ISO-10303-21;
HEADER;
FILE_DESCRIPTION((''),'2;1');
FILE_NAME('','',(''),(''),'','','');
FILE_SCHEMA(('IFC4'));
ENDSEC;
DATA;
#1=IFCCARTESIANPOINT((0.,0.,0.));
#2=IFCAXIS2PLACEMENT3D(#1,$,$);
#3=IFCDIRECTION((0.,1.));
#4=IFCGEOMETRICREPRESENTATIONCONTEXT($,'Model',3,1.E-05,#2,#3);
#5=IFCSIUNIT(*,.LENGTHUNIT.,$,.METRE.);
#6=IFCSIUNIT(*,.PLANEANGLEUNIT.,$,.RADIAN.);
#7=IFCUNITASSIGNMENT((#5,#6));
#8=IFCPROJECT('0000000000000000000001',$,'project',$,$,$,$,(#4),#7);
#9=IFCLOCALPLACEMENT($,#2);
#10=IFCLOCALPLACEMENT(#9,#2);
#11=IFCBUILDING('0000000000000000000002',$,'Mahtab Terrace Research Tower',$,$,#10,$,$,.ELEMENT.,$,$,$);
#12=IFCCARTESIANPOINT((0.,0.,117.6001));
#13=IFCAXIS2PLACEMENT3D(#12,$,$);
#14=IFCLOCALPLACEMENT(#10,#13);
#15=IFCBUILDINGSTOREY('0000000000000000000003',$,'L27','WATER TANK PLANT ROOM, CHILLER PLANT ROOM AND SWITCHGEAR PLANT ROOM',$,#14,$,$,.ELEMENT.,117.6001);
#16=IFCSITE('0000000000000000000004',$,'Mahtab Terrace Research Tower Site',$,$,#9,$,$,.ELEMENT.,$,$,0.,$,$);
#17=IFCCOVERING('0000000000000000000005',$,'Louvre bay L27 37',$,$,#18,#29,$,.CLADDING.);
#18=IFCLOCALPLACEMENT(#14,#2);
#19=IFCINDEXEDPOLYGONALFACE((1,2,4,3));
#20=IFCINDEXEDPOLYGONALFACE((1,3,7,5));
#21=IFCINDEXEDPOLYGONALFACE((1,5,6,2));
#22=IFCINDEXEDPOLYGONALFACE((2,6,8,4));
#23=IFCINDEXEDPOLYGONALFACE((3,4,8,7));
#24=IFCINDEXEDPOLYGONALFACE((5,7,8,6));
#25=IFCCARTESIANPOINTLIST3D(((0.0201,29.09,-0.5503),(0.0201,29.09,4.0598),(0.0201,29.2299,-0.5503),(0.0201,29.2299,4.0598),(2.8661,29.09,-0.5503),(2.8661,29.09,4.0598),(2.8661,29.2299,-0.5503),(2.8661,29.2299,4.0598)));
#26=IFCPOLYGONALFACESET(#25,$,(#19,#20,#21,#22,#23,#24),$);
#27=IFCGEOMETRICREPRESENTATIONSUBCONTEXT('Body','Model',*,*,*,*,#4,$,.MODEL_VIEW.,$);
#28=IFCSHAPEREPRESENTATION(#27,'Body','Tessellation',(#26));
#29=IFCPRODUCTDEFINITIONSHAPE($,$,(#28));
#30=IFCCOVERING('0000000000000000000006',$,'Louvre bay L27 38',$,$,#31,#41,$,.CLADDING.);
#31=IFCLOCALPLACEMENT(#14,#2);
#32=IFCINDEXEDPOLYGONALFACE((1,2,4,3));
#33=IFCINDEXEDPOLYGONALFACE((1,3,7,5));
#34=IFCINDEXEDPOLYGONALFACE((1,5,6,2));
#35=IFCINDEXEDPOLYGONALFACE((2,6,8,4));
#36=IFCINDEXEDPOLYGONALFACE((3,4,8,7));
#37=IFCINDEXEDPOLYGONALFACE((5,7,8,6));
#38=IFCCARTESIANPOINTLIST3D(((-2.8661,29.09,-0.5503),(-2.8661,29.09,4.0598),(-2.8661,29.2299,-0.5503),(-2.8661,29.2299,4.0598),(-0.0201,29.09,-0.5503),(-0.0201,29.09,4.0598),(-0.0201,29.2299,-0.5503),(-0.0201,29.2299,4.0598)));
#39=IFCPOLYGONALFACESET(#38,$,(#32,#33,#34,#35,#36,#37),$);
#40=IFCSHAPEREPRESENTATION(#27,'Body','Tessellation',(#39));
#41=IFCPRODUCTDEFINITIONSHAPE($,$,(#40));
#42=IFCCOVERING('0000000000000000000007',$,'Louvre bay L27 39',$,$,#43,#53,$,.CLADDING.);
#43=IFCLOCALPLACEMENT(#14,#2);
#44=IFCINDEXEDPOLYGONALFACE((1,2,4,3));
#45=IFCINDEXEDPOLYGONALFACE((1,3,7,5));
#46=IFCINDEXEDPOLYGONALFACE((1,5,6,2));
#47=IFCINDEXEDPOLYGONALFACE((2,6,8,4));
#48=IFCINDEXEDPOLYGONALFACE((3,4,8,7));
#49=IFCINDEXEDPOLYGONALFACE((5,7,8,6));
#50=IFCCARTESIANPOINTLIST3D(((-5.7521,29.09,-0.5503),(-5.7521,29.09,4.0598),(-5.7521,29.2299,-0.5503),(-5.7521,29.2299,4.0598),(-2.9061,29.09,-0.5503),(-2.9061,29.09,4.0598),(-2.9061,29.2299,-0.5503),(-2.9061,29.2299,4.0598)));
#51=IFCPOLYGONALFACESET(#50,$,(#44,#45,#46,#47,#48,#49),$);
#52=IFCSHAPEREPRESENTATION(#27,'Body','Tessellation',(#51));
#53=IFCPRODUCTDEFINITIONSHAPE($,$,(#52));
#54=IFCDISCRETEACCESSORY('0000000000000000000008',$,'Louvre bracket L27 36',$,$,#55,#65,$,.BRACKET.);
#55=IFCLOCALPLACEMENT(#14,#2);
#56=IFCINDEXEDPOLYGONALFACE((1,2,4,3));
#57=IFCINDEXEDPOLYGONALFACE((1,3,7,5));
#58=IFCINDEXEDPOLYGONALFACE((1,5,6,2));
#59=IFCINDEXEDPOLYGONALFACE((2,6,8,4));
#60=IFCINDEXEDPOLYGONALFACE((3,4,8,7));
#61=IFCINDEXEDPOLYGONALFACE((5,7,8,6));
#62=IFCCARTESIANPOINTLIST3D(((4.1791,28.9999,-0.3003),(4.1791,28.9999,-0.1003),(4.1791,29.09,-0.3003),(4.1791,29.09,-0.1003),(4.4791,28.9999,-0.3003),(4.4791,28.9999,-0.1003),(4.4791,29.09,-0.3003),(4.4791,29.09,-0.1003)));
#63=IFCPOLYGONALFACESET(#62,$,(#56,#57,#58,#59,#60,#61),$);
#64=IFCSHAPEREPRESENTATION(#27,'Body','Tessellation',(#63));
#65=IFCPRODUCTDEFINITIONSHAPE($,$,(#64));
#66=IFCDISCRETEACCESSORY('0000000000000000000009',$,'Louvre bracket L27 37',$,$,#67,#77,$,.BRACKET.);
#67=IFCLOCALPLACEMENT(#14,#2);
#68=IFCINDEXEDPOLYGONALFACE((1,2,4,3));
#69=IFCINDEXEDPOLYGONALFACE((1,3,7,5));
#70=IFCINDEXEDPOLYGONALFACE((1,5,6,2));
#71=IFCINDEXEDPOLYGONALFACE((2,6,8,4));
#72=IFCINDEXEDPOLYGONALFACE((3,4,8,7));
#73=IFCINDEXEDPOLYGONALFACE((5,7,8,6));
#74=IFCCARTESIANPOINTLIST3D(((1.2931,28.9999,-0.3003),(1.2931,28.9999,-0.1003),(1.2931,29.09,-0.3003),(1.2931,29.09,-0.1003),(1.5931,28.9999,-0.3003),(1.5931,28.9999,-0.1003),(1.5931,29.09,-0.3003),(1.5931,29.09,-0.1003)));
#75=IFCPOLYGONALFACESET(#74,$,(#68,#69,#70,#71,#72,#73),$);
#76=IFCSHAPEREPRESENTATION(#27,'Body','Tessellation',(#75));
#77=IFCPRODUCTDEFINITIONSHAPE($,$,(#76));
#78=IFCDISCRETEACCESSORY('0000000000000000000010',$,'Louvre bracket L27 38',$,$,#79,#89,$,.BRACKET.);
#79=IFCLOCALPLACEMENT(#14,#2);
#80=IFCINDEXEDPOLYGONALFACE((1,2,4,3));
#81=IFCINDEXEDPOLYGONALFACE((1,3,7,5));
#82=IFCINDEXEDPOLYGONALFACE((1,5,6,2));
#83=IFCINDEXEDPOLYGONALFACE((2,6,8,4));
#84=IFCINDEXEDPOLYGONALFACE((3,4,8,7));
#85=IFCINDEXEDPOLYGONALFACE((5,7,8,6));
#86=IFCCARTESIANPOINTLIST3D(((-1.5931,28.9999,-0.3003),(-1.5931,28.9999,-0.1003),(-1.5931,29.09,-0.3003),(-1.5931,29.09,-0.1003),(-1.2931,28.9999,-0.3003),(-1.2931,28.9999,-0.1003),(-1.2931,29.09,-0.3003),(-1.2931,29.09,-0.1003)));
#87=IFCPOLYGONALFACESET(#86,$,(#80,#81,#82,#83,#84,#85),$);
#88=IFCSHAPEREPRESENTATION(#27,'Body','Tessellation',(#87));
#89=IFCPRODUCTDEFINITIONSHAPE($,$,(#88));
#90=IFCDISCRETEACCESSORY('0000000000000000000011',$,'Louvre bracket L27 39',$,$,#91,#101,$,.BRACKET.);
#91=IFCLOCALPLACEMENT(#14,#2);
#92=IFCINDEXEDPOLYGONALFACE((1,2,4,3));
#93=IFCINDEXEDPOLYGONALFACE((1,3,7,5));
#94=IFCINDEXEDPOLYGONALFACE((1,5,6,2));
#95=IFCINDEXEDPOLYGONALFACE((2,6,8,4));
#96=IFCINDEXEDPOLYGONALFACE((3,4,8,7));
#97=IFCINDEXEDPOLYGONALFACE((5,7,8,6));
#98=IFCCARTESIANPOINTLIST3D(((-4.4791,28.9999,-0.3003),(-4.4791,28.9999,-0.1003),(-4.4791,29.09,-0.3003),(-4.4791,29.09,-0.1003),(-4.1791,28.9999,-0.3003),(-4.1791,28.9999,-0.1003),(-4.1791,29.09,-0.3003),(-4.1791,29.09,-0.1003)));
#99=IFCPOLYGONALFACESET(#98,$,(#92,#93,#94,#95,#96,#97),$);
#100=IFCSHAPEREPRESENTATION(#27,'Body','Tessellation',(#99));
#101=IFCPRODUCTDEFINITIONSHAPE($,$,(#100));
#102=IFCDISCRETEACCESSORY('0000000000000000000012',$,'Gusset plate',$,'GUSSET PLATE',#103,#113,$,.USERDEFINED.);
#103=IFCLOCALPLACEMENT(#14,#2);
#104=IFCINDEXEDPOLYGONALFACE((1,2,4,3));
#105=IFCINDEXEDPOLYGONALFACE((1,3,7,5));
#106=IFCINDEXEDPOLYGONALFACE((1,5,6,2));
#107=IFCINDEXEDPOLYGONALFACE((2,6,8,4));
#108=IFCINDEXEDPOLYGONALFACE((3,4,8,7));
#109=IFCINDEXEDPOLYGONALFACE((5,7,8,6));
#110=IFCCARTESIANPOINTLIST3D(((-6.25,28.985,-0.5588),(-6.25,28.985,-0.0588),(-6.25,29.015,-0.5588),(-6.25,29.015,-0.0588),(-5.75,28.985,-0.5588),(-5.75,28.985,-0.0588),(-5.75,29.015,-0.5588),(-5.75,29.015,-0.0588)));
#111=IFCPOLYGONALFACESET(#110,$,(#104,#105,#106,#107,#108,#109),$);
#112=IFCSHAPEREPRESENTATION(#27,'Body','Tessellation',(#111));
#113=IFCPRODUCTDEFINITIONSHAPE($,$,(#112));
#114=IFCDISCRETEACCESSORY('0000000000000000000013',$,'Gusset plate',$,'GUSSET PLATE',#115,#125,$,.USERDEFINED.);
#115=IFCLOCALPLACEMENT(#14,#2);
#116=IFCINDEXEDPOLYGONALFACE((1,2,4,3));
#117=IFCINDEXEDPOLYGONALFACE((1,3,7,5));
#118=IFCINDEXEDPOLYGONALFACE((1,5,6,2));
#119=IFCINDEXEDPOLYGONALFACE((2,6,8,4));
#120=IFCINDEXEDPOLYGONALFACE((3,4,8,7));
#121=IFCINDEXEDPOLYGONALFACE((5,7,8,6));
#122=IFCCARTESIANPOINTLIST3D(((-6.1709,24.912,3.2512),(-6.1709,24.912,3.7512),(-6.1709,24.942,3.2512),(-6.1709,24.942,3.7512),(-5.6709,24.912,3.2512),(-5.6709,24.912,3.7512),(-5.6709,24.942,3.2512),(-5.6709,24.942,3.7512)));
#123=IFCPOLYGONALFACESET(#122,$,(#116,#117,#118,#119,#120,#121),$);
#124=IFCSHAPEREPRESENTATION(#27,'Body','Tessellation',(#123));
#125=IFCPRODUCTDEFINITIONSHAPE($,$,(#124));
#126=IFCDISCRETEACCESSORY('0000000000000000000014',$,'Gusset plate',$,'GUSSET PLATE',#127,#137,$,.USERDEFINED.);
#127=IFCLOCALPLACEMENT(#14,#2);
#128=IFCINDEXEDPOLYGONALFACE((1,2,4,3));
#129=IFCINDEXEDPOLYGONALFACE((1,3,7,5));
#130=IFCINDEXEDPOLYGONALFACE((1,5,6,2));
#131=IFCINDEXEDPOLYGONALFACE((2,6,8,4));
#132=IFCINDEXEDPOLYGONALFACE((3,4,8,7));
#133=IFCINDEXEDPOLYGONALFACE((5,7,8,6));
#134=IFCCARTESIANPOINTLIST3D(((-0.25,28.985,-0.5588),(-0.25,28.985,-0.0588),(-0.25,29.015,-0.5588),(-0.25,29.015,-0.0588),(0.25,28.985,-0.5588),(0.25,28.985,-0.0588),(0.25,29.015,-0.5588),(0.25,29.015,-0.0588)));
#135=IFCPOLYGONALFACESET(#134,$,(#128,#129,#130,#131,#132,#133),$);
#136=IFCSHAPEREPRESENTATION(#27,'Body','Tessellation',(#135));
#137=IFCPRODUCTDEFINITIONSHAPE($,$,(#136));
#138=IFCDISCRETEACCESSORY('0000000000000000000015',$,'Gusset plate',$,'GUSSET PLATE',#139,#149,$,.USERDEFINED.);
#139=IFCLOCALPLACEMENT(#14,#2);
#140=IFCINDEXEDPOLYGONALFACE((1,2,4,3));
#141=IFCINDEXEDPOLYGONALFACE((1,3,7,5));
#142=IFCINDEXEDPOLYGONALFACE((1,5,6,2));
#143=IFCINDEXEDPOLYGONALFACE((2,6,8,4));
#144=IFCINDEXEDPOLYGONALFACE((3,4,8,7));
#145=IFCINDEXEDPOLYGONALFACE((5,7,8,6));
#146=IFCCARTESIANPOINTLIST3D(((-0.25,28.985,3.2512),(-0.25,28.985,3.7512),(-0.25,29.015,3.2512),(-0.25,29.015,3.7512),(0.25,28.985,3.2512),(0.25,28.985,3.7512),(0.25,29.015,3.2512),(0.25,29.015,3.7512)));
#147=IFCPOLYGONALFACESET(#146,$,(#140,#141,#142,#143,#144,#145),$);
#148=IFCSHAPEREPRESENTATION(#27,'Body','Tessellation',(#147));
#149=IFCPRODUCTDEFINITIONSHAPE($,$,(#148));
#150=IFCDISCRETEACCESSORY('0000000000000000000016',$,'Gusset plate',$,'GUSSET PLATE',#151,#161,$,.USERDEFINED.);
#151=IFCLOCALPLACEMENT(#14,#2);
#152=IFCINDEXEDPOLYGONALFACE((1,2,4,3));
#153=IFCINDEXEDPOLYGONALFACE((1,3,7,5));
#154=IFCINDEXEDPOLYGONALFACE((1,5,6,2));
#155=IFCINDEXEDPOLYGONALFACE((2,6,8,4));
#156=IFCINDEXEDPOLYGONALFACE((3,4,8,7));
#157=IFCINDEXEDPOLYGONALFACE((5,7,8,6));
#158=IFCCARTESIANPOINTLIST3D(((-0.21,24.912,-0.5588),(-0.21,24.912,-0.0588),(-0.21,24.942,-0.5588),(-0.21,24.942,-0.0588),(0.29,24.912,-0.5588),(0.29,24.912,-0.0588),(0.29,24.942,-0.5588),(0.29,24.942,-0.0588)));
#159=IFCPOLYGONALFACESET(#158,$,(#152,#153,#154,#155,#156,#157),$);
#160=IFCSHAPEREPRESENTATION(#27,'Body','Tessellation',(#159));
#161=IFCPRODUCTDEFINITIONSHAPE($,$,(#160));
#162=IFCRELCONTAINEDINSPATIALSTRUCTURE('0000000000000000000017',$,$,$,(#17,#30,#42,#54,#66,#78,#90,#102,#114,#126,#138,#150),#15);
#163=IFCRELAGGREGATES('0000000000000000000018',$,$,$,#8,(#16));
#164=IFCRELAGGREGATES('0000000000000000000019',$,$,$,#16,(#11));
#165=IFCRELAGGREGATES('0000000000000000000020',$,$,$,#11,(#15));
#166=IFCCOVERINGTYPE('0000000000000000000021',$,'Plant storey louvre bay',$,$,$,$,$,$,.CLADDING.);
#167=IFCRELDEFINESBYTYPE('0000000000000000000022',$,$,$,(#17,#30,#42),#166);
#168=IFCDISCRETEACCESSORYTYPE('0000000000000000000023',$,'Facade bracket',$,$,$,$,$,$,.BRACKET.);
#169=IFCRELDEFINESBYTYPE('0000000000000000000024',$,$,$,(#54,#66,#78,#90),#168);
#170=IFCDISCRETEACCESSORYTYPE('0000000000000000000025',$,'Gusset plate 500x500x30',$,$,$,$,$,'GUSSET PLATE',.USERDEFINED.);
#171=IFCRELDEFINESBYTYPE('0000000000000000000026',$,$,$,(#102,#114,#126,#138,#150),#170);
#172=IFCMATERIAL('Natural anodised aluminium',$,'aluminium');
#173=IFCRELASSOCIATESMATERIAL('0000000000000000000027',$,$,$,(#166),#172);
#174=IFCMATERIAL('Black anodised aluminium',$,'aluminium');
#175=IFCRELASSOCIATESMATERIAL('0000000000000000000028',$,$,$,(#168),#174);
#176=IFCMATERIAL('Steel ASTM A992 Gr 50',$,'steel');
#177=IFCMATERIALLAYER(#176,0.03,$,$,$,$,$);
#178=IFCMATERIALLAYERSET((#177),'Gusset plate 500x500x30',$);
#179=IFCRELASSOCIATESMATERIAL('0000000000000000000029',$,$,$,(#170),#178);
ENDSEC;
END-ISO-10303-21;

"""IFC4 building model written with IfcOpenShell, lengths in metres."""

from ifc_helpers import new_model, si_unit, direction, frame, origin, origin_2d, place, context, subcontext, project, spatial, rectangle, extrude, material, layer, layer_set, type_object, element, save


model = new_model("IFC4")

# Units and contexts
model_context = context("Model", 3, precision=1e-05, world=origin(), true_north=direction((0.0, 1.0)))
body_context = subcontext(model_context, "Body", "Model", "MODEL_VIEW")
ifc_project = project(units=[si_unit("LENGTHUNIT", "METRE"), si_unit("PLANEANGLEUNIT", "RADIAN")], contexts=[model_context])

# Site, building, storey
site_placement = place(None, origin())
site = spatial("IfcSite", under=ifc_project, at=site_placement, Name="Mahtab Terrace Research Tower Site", CompositionType="ELEMENT", RefElevation=0.0)
building_placement = place(site_placement, origin())
building = spatial("IfcBuilding", under=site, at=building_placement, Name="Mahtab Terrace Research Tower", CompositionType="ELEMENT")
storey_placement = place(building_placement, frame((0.0, 0.0, 117.6001)))
storey = spatial("IfcBuildingStorey", under=building, at=storey_placement, Name="L27", Description="WATER TANK PLANT ROOM, CHILLER PLANT ROOM AND SWITCHGEAR PLANT ROOM", CompositionType="ELEMENT", Elevation=117.6001)

# Shared definitions
ifc_material_1 = material(Name="Steel ASTM A992 Gr 50", Category="steel")

# Coverings
ifc_material_2 = material(Name="Natural anodised aluminium", Category="aluminium")
covering_type = type_object("IfcCoveringType", Name="Plant storey louvre bay", PredefinedType="CLADDING", material=ifc_material_2)
for number, where, z_axis, x_axis, name in (
    (1, (1.4431, 29.1599, -0.5503), (0.0, 0.0, 1.0), (-1.0, 0.0, 0.0), "Louvre bay L27 37"),
    (2, (-1.4431, 29.1599, -0.5503), (0.0, 0.0, 1.0), (-1.0, 0.0, 0.0), "Louvre bay L27 38"),
    (3, (-4.3291, 29.1599, -0.5503), (0.0, 0.0, 1.0), (-1.0, 0.0, 0.0), "Louvre bay L27 39"),
):
    element("IfcCovering", number, at=place(storey_placement, frame(where, z_axis=z_axis, x_axis=x_axis)), inside=storey, type_object=covering_type, Name=name, PredefinedType="CLADDING", context=body_context, shape_type="SweptSolid", body=[
        extrude(rectangle(XDim=2.8459, YDim=0.1399, at=origin_2d()), origin(), (0.0, 0.0, 1.0), 4.6101),
    ])

# Discrete accessories
ifc_material_3 = material(Name="Black anodised aluminium", Category="aluminium")
discrete_accessory_type_1 = type_object("IfcDiscreteAccessoryType", Name="Facade bracket", PredefinedType="BRACKET", material=ifc_material_3)
for number, where, z_axis, x_axis, name in (
    (4, (4.3291, 29.0449, -0.3003), (0.0, 0.0, 1.0), (-1.0, 0.0, 0.0), "Louvre bracket L27 36"),
    (5, (1.4431, 29.0449, -0.3003), (0.0, 0.0, 1.0), (-1.0, 0.0, 0.0), "Louvre bracket L27 37"),
    (6, (-1.4431, 29.0449, -0.3003), (0.0, 0.0, 1.0), (-1.0, 0.0, 0.0), "Louvre bracket L27 38"),
    (7, (-4.3291, 29.0449, -0.3003), (0.0, 0.0, 1.0), (-1.0, 0.0, 0.0), "Louvre bracket L27 39"),
):
    element("IfcDiscreteAccessory", number, at=place(storey_placement, frame(where, z_axis=z_axis, x_axis=x_axis)), inside=storey, type_object=discrete_accessory_type_1, Name=name, PredefinedType="BRACKET", context=body_context, shape_type="SweptSolid", body=[
        extrude(rectangle(XDim=0.3, YDim=0.0901, at=origin_2d()), origin(), (0.0, 0.0, 1.0), 0.2),
    ])
ifc_layer_1 = layer(ifc_material_1, 0.03)
ifc_layer_set_1 = layer_set([ifc_layer_1], Name="Gusset plate 500x500x30")
discrete_accessory_type_2 = type_object("IfcDiscreteAccessoryType", Name="Gusset plate 500x500x30", ElementType="GUSSET PLATE", PredefinedType="USERDEFINED", material=ifc_layer_set_1)
for number, where, z_axis, x_axis, name in (
    (8, (-6.0, 29.0, -0.5588), (0.0, 0.0, 1.0), (1.0, 0.0, 0.0), "Gusset plate"),
    (9, (-5.9209, 24.927, 3.2512), (0.0, 0.0, 1.0), (1.0, 0.0, 0.0), "Gusset plate"),
    (10, (0.0, 29.0, -0.5588), (0.0, 0.0, 1.0), (1.0, 0.0, 0.0), "Gusset plate"),
    (11, (0.0, 29.0, 3.2512), (0.0, 0.0, 1.0), (1.0, 0.0, 0.0), "Gusset plate"),
    (12, (0.04, 24.927, -0.5588), (0.0, 0.0, 1.0), (1.0, 0.0, 0.0), "Gusset plate"),
):
    element("IfcDiscreteAccessory", number, at=place(storey_placement, frame(where, z_axis=z_axis, x_axis=x_axis)), inside=storey, type_object=discrete_accessory_type_2, Name=name, ObjectType="GUSSET PLATE", PredefinedType="USERDEFINED", context=body_context, shape_type="SweptSolid", body=[
        extrude(rectangle(XDim=0.5, YDim=0.03, at=origin_2d()), origin(), (0.0, 0.0, 1.0), 0.5),
    ])

save(model, "model.ifc")
